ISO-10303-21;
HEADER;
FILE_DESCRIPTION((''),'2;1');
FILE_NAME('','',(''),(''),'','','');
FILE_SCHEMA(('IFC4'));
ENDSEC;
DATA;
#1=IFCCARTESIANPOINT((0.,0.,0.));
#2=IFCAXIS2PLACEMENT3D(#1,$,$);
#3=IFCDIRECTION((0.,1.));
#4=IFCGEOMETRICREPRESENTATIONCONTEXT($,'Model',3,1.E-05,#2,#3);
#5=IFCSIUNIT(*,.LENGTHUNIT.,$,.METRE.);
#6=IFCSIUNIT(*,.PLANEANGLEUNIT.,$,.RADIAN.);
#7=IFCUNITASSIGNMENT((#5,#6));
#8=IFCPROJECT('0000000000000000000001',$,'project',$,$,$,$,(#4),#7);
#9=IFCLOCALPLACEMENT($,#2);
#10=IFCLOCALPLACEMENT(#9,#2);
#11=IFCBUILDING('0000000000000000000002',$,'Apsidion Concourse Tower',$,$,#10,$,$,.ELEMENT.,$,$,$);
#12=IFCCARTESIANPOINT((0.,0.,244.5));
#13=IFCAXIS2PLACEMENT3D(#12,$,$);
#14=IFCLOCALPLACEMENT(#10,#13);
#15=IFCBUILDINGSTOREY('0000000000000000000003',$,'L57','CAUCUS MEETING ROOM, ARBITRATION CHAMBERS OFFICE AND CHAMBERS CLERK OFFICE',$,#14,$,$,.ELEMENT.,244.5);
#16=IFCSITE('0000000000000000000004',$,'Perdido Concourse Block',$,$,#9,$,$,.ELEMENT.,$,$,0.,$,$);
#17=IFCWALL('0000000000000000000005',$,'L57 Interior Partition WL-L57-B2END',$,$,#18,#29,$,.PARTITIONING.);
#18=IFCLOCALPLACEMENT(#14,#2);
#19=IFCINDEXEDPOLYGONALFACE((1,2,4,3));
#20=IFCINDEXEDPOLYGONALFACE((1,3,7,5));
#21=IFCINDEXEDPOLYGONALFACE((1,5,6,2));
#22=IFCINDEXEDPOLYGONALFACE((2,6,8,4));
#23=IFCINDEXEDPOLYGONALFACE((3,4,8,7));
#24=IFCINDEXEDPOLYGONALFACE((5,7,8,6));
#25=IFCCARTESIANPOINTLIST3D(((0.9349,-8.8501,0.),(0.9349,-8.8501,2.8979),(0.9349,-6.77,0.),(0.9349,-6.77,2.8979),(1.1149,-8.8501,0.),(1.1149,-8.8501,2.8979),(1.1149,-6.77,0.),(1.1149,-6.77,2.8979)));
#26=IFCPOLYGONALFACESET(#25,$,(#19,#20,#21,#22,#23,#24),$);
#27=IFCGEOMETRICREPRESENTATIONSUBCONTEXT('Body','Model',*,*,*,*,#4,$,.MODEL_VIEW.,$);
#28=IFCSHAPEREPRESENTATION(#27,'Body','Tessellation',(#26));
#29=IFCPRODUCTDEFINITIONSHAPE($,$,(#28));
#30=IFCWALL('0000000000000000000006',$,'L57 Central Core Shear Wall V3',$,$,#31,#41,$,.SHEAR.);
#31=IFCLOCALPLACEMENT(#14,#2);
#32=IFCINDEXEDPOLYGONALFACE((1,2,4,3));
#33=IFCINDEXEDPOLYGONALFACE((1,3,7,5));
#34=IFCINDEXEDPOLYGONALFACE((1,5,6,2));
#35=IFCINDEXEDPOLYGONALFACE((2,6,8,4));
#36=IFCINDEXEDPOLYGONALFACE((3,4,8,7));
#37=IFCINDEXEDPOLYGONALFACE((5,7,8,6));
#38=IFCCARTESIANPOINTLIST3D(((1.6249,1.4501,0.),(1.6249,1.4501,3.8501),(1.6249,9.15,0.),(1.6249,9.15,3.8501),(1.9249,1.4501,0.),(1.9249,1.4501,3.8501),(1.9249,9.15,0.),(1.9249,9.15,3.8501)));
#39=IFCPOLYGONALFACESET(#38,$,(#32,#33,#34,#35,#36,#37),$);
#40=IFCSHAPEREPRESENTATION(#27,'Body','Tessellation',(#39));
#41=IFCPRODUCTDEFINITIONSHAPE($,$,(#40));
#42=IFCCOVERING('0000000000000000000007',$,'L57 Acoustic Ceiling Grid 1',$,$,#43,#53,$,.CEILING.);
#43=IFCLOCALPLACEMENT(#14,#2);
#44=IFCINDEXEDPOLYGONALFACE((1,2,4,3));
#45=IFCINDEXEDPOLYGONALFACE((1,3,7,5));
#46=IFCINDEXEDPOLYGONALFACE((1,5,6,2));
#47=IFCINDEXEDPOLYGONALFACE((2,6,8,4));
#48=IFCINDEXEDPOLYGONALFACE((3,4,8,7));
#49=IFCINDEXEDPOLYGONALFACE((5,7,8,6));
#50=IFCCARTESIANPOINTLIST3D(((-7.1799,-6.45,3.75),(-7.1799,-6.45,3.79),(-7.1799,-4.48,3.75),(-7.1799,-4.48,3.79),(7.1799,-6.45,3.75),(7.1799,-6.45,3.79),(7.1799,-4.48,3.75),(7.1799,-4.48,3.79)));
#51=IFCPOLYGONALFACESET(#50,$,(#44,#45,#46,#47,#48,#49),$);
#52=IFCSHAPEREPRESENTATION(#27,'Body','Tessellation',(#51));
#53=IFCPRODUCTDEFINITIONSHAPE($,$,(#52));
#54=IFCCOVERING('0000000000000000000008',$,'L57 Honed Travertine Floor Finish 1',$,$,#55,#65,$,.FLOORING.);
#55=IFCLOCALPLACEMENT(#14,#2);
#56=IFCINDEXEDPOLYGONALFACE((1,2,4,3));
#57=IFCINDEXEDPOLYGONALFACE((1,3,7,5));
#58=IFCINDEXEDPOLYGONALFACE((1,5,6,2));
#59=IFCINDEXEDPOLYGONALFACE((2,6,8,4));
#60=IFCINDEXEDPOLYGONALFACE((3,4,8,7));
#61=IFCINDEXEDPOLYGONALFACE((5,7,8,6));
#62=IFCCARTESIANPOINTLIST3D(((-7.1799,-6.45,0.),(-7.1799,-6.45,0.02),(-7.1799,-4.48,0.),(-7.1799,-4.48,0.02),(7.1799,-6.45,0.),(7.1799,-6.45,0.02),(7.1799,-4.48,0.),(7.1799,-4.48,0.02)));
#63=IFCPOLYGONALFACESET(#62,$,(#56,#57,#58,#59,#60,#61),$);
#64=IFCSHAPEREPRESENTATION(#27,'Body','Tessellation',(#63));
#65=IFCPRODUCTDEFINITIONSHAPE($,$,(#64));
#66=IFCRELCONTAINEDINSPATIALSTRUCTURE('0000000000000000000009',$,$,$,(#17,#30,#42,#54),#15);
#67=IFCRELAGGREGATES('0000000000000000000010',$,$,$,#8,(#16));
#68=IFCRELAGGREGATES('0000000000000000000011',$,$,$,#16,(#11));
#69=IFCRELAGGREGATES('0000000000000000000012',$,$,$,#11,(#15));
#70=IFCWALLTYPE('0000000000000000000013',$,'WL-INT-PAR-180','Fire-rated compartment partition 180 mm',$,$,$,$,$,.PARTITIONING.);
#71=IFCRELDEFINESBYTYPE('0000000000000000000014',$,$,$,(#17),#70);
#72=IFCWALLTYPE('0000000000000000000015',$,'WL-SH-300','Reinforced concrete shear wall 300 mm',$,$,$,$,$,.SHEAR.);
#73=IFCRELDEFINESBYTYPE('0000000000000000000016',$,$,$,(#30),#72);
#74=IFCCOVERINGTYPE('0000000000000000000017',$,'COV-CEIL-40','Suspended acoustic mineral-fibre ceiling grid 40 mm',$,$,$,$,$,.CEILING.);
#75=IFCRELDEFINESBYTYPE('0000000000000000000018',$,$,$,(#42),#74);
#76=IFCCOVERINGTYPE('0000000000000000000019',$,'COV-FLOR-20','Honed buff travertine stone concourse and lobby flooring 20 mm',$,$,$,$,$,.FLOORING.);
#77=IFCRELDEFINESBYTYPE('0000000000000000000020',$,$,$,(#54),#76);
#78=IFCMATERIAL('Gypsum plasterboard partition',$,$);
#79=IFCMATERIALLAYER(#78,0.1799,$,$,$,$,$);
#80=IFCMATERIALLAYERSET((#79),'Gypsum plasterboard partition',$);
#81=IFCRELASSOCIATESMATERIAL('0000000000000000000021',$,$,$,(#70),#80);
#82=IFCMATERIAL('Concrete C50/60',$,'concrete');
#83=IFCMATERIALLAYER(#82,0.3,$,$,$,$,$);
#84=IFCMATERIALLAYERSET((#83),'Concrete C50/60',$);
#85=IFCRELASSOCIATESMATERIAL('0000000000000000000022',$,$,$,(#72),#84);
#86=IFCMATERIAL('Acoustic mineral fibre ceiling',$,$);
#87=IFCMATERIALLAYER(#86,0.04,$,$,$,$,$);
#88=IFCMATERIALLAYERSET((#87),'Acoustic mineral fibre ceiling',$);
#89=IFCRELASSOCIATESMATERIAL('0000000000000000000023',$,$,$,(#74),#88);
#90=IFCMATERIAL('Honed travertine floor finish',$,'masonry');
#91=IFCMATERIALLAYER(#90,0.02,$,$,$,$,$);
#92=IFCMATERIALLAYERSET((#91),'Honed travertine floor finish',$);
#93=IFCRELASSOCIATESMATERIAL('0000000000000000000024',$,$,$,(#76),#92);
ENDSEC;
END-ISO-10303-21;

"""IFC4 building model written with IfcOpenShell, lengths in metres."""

from ifc_helpers import new_model, si_unit, direction, frame, frame_2d, origin, place, context, subcontext, project, spatial, polyline, rectangle, outline, extrude, material, layer, layer_set, type_object, element, save


model = new_model("IFC4")

# Units and contexts
model_context = context("Model", 3, precision=1e-05, world=origin(), true_north=direction((0.0, 1.0)))
body_context = subcontext(model_context, "Body", "Model", "MODEL_VIEW")
ifc_project = project(units=[si_unit("LENGTHUNIT", "METRE"), si_unit("PLANEANGLEUNIT", "RADIAN")], contexts=[model_context])

# Site, building, storey
site_placement = place(None, origin())
site = spatial("IfcSite", under=ifc_project, at=site_placement, Name="Perdido Concourse Block", CompositionType="ELEMENT", RefElevation=0.0)
building_placement = place(site_placement, origin())
building = spatial("IfcBuilding", under=site, at=building_placement, Name="Apsidion Concourse Tower", CompositionType="ELEMENT")
storey_placement = place(building_placement, frame((0.0, 0.0, 244.5)))
storey = spatial("IfcBuildingStorey", under=building, at=storey_placement, Name="L57", Description="CAUCUS MEETING ROOM, ARBITRATION CHAMBERS OFFICE AND CHAMBERS CLERK OFFICE", CompositionType="ELEMENT", Elevation=244.5)

# Shared definitions
ifc_material_1 = material(Name="Concrete C50/60", Category="concrete")

# Wall
ifc_material_2 = material(Name="Gypsum plasterboard partition")
ifc_layer_1 = layer(ifc_material_2, 0.1799)
ifc_layer_set_1 = layer_set([ifc_layer_1], Name="Gypsum plasterboard partition")
wall_type_1 = type_object("IfcWallType", Name="WL-INT-PAR-180", Description="Fire-rated compartment partition 180 mm", PredefinedType="PARTITIONING", material=ifc_layer_set_1)
wall_1_placement = place(storey_placement, frame((1.0249, -8.8501, 0.0), z_axis=(0.0, 0.0, 1.0), x_axis=(0.0, 1.0, 0.0)))
element("IfcWall", 1, at=wall_1_placement, inside=storey, type_object=wall_type_1, Name="L57 Interior Partition WL-L57-B2END", PredefinedType="PARTITIONING", context=body_context, shape_type="SweptSolid", body=[
    extrude(rectangle(XDim=2.0801, YDim=0.1799, at=frame_2d((1.04, 0.0))), origin(), (0.0, 0.0, 1.0), 2.8979),
])

# Wall
ifc_layer_2 = layer(ifc_material_1, 0.3)
ifc_layer_set_2 = layer_set([ifc_layer_2], Name="Concrete C50/60")
wall_type_2 = type_object("IfcWallType", Name="WL-SH-300", Description="Reinforced concrete shear wall 300 mm", PredefinedType="SHEAR", material=ifc_layer_set_2)
wall_2_placement = place(storey_placement, frame((1.7749, 1.45, 0.0), z_axis=(0.0, 0.0, 1.0), x_axis=(0.0, 1.0, 0.0)))
element("IfcWall", 2, at=wall_2_placement, inside=storey, type_object=wall_type_2, Name="L57 Central Core Shear Wall V3", PredefinedType="SHEAR", context=body_context, shape_type="SweptSolid", body=[
    extrude(rectangle(XDim=7.7, YDim=0.3, at=frame_2d((3.8501, 0.0))), origin(), (0.0, 0.0, 1.0), 3.8501),
])

# Coverings
ifc_material_3 = material(Name="Acoustic mineral fibre ceiling")
ifc_layer_3 = layer(ifc_material_3, 0.04)
ifc_layer_set_3 = layer_set([ifc_layer_3], Name="Acoustic mineral fibre ceiling")
covering_type_1 = type_object("IfcCoveringType", Name="COV-CEIL-40", Description="Suspended acoustic mineral-fibre ceiling grid 40 mm", PredefinedType="CEILING", material=ifc_layer_set_3)
covering_1_placement = place(storey_placement, frame((0.0, 0.0, 3.75)))
element("IfcCovering", 3, at=covering_1_placement, inside=storey, type_object=covering_type_1, Name="L57 Acoustic Ceiling Grid 1", PredefinedType="CEILING", context=body_context, shape_type="SweptSolid", body=[
    extrude(outline(polyline([(-7.1799, -6.45), (-7.1799, -4.48), (7.1799, -4.48), (7.1799, -6.45), (-7.1799, -6.45)])), origin(), (0.0, 0.0, 1.0), 0.04),
])
ifc_material_4 = material(Name="Honed travertine floor finish", Category="masonry")
ifc_layer_4 = layer(ifc_material_4, 0.02)
ifc_layer_set_4 = layer_set([ifc_layer_4], Name="Honed travertine floor finish")
covering_type_2 = type_object("IfcCoveringType", Name="COV-FLOR-20", Description="Honed buff travertine stone concourse and lobby flooring 20 mm", PredefinedType="FLOORING", material=ifc_layer_set_4)
covering_2_placement = place(storey_placement, origin())
element("IfcCovering", 4, at=covering_2_placement, inside=storey, type_object=covering_type_2, Name="L57 Honed Travertine Floor Finish 1", PredefinedType="FLOORING", context=body_context, shape_type="SweptSolid", body=[
    extrude(outline(polyline([(-7.1799, -6.45), (-7.1799, -4.48), (7.1799, -4.48), (7.1799, -6.45), (-7.1799, -6.45)])), origin(), (0.0, 0.0, 1.0), 0.02),
])

save(model, "model.ifc")
